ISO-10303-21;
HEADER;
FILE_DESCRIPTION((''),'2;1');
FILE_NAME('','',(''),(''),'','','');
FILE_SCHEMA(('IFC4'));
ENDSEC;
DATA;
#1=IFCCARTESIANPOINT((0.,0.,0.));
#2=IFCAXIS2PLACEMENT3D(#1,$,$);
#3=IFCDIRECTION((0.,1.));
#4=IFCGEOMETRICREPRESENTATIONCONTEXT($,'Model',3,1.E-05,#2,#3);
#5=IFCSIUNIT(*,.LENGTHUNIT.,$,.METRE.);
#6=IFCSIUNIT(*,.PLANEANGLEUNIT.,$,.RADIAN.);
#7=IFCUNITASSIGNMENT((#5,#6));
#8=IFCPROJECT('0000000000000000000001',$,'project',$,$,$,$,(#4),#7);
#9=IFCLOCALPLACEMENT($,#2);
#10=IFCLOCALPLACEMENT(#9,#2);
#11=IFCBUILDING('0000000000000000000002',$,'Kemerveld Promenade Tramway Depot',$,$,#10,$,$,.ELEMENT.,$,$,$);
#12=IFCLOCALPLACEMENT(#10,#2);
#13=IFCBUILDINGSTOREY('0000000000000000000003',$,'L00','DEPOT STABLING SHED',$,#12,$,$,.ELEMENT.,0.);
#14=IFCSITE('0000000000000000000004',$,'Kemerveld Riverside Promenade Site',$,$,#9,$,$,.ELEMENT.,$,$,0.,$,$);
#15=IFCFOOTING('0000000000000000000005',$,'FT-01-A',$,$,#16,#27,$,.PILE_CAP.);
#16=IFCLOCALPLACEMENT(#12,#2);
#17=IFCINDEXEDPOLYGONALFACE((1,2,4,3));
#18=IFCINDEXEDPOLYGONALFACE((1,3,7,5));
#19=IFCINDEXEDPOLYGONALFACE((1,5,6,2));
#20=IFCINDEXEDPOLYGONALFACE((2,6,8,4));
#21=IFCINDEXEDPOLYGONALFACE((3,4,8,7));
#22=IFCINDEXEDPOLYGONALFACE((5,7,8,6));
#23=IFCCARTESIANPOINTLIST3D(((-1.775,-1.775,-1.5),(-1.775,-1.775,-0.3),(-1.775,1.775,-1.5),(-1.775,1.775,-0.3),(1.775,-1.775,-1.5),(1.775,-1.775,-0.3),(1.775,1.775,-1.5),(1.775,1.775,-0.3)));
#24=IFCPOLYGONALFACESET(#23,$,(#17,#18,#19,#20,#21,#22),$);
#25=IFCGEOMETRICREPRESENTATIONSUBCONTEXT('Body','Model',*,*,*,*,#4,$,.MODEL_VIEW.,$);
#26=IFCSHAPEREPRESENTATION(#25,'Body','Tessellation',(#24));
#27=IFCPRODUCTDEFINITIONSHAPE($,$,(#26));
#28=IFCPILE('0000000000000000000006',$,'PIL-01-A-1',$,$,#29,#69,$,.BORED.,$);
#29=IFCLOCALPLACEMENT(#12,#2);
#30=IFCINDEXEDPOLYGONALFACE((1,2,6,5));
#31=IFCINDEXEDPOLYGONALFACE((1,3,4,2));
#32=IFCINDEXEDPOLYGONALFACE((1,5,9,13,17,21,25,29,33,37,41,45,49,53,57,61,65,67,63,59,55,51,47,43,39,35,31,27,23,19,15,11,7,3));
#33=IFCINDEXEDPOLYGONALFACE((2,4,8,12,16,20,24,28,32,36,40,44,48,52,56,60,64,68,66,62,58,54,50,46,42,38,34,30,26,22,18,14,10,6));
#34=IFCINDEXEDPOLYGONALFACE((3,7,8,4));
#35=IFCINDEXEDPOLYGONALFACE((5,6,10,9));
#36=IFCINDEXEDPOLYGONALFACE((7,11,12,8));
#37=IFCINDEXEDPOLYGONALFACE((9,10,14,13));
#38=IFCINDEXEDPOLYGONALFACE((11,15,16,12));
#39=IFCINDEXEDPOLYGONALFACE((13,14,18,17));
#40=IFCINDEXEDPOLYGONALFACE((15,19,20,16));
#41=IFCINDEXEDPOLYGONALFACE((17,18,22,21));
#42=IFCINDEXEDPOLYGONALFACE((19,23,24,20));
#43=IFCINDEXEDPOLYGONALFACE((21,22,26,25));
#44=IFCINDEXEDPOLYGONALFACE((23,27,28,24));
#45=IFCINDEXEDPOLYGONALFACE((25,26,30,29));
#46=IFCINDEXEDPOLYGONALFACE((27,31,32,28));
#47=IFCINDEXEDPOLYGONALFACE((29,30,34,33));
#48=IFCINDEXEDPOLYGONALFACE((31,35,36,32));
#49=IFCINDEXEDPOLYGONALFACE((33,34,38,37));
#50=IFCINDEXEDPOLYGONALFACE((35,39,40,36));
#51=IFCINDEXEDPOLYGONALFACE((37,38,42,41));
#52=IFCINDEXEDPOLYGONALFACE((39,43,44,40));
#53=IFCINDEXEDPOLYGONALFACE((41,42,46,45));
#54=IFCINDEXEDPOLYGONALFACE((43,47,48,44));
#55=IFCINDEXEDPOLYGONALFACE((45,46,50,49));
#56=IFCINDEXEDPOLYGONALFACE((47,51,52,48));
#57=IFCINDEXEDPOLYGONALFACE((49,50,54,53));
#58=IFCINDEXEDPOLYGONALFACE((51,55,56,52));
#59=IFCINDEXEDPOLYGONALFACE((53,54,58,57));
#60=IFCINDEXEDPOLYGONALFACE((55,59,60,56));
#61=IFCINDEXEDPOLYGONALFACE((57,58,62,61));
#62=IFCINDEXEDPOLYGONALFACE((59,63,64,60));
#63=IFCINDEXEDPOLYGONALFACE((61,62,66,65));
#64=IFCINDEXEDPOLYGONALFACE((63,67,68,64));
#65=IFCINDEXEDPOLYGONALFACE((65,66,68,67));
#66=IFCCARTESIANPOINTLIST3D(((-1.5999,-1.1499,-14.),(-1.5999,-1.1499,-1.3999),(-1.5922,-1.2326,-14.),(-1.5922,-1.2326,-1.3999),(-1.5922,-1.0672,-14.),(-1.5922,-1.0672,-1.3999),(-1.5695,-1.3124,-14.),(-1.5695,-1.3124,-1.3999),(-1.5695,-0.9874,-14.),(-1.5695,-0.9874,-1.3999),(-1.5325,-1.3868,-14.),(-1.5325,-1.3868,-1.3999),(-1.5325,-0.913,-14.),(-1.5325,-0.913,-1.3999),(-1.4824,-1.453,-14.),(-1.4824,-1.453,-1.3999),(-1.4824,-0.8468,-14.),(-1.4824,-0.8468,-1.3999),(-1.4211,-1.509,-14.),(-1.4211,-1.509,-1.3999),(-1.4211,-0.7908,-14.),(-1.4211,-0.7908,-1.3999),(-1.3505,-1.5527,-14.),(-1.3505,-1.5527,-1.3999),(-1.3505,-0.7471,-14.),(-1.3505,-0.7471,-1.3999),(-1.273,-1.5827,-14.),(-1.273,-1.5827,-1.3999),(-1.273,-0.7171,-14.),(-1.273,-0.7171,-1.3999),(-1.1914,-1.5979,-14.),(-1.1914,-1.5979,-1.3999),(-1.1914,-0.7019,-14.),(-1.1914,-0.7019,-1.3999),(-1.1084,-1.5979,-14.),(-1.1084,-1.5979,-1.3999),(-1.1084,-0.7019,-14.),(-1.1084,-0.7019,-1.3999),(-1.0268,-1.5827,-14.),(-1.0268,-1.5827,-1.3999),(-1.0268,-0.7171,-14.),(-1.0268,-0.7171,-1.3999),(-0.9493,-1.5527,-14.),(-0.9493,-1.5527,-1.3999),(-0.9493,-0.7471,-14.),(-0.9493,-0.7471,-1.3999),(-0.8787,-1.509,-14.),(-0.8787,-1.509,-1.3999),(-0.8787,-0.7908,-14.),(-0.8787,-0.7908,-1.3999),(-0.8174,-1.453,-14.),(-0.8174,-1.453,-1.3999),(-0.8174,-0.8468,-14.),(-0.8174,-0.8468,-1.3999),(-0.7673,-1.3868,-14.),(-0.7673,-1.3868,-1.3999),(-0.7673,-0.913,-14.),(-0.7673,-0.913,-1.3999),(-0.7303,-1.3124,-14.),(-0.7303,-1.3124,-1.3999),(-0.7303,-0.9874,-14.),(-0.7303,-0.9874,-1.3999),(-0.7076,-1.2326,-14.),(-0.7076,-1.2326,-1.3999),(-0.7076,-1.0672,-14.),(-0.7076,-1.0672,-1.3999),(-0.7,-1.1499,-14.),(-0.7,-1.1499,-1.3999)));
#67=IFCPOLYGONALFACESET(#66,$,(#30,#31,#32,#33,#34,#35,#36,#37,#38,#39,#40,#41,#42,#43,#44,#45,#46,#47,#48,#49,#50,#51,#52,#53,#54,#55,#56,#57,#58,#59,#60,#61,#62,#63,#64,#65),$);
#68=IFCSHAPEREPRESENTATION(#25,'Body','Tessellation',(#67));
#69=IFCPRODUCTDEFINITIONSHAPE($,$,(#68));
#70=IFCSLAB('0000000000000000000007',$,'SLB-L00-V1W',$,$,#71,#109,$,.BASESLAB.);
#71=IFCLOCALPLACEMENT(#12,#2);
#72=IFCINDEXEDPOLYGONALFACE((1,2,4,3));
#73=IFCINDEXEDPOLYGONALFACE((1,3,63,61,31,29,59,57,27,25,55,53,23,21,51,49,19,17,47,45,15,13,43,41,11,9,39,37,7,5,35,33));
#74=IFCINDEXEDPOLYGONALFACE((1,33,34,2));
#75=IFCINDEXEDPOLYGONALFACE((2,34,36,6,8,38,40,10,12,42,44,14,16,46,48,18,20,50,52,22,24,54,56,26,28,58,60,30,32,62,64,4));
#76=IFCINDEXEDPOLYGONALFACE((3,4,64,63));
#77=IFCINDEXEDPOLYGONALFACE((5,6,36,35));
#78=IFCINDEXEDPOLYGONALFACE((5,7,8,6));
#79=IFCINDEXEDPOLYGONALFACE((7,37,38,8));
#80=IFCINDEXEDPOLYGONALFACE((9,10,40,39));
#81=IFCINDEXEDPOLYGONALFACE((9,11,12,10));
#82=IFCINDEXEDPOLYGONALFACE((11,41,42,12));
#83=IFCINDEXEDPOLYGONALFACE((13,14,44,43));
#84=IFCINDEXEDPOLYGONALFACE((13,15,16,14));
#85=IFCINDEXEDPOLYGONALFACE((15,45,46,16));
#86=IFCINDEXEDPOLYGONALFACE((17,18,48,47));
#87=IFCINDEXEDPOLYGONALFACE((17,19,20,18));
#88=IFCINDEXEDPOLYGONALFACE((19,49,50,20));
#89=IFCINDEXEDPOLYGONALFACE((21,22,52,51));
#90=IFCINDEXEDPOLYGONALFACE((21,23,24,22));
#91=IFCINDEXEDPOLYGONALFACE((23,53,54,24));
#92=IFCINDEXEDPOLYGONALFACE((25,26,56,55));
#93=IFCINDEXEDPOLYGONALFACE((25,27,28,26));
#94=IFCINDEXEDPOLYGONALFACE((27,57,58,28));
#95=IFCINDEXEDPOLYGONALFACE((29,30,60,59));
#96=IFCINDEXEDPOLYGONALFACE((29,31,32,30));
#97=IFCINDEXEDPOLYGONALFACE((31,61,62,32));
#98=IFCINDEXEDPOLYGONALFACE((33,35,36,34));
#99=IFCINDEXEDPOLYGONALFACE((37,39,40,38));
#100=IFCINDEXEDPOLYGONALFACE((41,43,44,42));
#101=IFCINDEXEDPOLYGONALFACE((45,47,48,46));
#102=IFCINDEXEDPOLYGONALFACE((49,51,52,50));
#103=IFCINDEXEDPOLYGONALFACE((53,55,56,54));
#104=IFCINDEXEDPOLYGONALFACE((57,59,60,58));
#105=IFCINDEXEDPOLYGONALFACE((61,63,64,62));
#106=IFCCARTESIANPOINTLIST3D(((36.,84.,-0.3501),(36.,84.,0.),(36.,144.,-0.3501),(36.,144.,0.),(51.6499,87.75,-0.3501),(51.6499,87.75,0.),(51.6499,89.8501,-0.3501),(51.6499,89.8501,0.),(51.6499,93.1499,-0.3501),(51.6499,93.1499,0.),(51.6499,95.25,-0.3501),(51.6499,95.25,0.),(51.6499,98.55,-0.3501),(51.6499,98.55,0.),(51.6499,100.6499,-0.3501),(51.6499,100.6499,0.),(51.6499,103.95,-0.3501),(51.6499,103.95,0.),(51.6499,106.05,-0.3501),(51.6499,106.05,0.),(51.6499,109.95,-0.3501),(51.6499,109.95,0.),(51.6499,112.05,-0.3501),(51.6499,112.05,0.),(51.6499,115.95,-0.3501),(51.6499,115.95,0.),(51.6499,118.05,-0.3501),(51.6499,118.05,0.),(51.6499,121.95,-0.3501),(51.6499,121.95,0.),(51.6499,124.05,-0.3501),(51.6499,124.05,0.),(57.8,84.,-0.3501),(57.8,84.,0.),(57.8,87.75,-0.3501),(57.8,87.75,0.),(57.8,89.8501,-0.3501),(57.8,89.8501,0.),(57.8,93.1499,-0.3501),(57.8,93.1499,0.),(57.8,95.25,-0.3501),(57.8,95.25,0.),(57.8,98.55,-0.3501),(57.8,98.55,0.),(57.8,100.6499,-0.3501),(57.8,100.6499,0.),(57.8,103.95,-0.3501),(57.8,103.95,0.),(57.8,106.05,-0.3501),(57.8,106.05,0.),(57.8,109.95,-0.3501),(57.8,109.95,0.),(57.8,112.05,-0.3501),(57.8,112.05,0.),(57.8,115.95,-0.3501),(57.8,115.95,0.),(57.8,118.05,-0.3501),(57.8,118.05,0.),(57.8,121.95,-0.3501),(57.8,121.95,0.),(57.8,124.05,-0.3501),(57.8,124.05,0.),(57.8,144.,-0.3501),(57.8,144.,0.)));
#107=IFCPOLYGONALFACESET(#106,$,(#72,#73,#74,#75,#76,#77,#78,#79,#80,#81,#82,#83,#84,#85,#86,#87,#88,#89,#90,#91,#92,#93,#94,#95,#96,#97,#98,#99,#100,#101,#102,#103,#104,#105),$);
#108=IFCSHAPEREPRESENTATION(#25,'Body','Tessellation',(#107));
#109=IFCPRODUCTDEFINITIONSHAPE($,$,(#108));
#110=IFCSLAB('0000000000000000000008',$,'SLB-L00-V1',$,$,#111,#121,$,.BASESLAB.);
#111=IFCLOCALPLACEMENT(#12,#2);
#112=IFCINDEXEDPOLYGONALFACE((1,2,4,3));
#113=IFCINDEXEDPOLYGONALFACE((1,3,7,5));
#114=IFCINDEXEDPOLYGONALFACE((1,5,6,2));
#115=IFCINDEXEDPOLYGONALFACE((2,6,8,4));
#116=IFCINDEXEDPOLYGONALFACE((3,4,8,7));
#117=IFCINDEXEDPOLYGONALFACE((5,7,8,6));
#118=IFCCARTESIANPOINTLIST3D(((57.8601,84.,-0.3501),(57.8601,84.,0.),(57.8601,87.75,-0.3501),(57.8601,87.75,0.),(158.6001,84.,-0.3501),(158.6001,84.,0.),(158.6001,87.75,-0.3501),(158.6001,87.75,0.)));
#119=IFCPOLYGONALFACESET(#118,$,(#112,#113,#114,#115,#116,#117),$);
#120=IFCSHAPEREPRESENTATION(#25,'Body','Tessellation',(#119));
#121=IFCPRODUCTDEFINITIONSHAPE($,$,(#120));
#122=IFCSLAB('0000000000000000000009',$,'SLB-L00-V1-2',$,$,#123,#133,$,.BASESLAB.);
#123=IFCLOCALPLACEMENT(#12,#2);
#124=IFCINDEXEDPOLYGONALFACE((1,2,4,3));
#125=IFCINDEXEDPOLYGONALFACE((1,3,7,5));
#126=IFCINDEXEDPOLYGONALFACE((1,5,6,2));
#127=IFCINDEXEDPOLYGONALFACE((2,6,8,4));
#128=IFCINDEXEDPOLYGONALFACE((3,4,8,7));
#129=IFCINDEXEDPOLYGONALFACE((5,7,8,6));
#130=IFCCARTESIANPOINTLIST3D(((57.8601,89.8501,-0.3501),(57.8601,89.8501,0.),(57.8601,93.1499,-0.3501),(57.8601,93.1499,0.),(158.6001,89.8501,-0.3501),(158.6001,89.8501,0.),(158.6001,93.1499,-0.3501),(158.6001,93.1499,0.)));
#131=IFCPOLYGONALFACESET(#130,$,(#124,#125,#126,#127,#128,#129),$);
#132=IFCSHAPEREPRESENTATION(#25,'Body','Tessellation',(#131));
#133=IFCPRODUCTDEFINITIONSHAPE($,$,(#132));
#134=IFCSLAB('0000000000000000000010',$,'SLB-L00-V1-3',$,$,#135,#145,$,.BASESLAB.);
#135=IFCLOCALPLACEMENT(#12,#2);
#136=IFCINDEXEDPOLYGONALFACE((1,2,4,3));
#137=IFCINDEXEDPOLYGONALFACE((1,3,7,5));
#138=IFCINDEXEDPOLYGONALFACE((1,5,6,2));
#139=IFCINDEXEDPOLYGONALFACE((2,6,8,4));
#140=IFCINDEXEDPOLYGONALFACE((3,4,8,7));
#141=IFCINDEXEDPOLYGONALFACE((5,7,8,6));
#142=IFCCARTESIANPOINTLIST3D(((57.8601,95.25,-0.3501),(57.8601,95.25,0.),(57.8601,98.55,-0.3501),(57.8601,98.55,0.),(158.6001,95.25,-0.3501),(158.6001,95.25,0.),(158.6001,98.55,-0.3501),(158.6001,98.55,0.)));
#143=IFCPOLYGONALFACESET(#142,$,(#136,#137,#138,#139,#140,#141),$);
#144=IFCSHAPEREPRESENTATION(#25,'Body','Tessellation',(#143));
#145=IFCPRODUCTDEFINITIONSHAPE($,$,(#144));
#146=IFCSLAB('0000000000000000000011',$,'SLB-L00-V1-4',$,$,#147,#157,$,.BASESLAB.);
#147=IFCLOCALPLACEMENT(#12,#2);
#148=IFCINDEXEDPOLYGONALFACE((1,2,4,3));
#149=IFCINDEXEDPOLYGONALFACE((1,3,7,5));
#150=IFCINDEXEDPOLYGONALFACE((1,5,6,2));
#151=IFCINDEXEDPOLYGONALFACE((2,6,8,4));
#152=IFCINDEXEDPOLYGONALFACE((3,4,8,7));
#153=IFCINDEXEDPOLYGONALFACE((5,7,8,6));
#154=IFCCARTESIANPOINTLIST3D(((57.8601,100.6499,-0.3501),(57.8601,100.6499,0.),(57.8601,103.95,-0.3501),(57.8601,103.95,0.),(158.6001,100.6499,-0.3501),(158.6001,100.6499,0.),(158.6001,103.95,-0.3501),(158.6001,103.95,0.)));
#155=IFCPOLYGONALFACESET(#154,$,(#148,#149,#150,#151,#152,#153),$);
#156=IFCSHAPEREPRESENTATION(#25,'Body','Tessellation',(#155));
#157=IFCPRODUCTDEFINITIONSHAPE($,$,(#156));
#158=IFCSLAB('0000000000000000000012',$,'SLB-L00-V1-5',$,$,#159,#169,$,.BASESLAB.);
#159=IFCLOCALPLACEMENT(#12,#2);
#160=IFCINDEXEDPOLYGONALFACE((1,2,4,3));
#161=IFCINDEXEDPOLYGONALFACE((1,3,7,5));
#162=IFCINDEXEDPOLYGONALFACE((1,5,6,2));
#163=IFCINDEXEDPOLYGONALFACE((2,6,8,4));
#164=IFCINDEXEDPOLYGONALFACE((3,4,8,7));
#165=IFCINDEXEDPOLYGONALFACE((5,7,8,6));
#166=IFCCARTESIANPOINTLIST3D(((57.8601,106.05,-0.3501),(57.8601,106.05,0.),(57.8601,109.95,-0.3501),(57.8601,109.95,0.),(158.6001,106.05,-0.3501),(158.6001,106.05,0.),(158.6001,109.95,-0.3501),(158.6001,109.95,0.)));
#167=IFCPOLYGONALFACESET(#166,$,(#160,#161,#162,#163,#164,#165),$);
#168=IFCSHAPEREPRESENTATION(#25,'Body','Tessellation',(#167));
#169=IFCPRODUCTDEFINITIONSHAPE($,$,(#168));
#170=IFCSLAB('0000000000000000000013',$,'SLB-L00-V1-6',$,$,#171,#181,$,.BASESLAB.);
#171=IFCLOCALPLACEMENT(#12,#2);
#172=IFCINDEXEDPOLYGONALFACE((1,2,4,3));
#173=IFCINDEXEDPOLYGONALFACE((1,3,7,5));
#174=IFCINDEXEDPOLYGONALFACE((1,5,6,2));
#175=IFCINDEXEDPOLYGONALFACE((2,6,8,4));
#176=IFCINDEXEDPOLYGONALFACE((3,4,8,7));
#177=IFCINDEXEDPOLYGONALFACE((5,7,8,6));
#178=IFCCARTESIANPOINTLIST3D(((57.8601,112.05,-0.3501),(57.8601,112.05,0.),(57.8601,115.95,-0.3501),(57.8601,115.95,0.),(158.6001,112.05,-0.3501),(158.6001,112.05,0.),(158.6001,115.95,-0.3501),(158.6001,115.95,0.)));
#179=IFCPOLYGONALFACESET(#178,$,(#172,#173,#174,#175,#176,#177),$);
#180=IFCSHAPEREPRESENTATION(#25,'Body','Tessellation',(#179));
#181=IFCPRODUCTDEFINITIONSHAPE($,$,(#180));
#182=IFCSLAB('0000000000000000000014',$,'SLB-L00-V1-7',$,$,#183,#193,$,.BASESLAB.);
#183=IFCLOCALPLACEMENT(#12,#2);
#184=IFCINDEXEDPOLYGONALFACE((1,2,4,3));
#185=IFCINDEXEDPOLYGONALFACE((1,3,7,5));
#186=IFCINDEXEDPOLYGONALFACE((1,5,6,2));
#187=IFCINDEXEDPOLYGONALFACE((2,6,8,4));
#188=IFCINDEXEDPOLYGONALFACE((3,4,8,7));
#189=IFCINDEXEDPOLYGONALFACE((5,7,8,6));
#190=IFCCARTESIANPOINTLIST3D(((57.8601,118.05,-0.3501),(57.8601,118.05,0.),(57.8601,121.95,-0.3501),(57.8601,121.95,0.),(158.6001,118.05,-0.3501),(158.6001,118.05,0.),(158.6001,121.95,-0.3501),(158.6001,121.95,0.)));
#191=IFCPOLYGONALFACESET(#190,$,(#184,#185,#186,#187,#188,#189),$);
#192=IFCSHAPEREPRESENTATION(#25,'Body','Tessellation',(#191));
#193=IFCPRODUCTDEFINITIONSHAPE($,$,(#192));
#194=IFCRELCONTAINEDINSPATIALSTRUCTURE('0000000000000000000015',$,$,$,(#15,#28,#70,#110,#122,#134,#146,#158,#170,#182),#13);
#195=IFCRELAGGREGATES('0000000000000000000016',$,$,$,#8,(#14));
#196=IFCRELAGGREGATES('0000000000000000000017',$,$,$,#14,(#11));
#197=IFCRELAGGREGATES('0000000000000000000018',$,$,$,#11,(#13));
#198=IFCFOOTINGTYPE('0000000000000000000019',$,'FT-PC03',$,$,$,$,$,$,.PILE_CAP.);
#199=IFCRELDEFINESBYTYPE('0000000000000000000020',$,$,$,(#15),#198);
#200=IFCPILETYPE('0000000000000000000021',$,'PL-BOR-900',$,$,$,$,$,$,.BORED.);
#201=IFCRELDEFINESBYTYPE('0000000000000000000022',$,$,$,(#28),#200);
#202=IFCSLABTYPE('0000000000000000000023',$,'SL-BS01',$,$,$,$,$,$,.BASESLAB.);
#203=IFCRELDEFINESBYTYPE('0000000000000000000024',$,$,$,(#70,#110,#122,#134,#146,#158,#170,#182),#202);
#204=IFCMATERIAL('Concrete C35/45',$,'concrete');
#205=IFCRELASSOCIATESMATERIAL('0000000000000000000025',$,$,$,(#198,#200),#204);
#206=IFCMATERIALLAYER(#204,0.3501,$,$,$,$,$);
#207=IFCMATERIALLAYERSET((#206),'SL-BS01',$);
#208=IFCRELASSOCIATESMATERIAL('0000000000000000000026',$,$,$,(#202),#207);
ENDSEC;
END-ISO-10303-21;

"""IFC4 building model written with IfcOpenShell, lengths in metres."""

from ifc_helpers import new_model, si_unit, direction, frame, origin, origin_2d, place, context, subcontext, project, spatial, polyline, rectangle, circle, outline, extrude, material, layer, layer_set, material_profile, profile_set, type_object, element, save


model = new_model("IFC4")

# Units and contexts
model_context = context("Model", 3, precision=1e-05, world=origin(), true_north=direction((0.0, 1.0)))
body_context = subcontext(model_context, "Body", "Model", "MODEL_VIEW")
ifc_project = project(units=[si_unit("LENGTHUNIT", "METRE"), si_unit("PLANEANGLEUNIT", "RADIAN")], contexts=[model_context])

# Site, building, storey
site_placement = place(None, origin())
site = spatial("IfcSite", under=ifc_project, at=site_placement, Name="Kemerveld Riverside Promenade Site", CompositionType="ELEMENT", RefElevation=0.0)
building_placement = place(site_placement, origin())
building = spatial("IfcBuilding", under=site, at=building_placement, Name="Kemerveld Promenade Tramway Depot", CompositionType="ELEMENT")
storey_placement = place(building_placement, origin())
storey = spatial("IfcBuildingStorey", under=building, at=storey_placement, Name="L00", Description="DEPOT STABLING SHED", CompositionType="ELEMENT", Elevation=0.0)

# Footing
ifc_material_1 = material(Name="Concrete C35/45", Category="concrete")
footing_type = type_object("IfcFootingType", Name="FT-PC03", PredefinedType="PILE_CAP", material=ifc_material_1)
footing_placement = place(storey_placement, frame((0.0, 0.0, -1.5), z_axis=(0.0, 0.0, 1.0), x_axis=(1.0, 0.0, 0.0)))
element("IfcFooting", 1, at=footing_placement, inside=storey, type_object=footing_type, Name="FT-01-A", PredefinedType="PILE_CAP", context=body_context, shape_type="SweptSolid", body=[
    extrude(rectangle(XDim=3.55, YDim=3.55, at=origin_2d()), origin(), (0.0, 0.0, 1.0), 1.2),
])

# Pile
ifc_material_profile = material_profile(ifc_material_1, circle(Radius=0.45, at=origin_2d()), Name="PILE-D900")
ifc_profile_set = profile_set([ifc_material_profile], Name="Concrete C35/45")
pile_type = type_object("IfcPileType", Name="PL-BOR-900", PredefinedType="BORED", material=ifc_profile_set)
pile_placement = place(storey_placement, frame((-1.1499, -1.1499, -1.3999), z_axis=(0.0, 0.0, -1.0), x_axis=(1.0, 0.0, 0.0)))
element("IfcPile", 2, at=pile_placement, inside=storey, type_object=pile_type, Name="PIL-01-A-1", PredefinedType="BORED", context=body_context, shape_type="SweptSolid", body=[
    extrude(circle(Radius=0.45, at=origin_2d()), origin(), (0.0, 0.0, 1.0), 12.6001),
])

# Slabs
ifc_layer_1 = layer(ifc_material_1, 0.3501)
ifc_layer_set_1 = layer_set([ifc_layer_1], Name="SL-BS01")
slab_type_1 = type_object("IfcSlabType", Name="SL-BS01", PredefinedType="BASESLAB", material=ifc_layer_set_1)
slab_1_placement = place(storey_placement, frame((0.0, 0.0, -0.3501)))
element("IfcSlab", 3, at=slab_1_placement, inside=storey, type_object=slab_type_1, Name="SLB-L00-V1W", PredefinedType="BASESLAB", context=body_context, shape_type="SweptSolid", body=[
    extrude(outline(polyline([(36.0, 144.0), (57.8, 144.0), (57.8, 124.05), (51.6499, 124.05), (51.6499, 121.95), (57.8, 121.95), (57.8, 118.05), (51.6499, 118.05), (51.6499, 115.95), (57.8, 115.95), (57.8, 112.05), (51.6499, 112.05), (51.6499, 109.95), (57.8, 109.95), (57.8, 106.05), (51.6499, 106.05), (51.6499, 103.95), (57.8, 103.95), (57.8, 100.6499), (51.6499, 100.6499), (51.6499, 98.55), (57.8, 98.55), (57.8, 95.25), (51.6499, 95.25), (51.6499, 93.1499), (57.8, 93.1499), (57.8, 89.8501), (51.6499, 89.8501), (51.6499, 87.75), (57.8, 87.75), (57.8, 84.0), (36.0, 84.0), (36.0, 144.0)])), origin(), (0.0, 0.0, 1.0), 0.3501),
])
slab_2_placement = place(storey_placement, frame((0.0, 0.0, -0.3501)))
element("IfcSlab", 4, at=slab_2_placement, inside=storey, type_object=slab_type_1, Name="SLB-L00-V1", PredefinedType="BASESLAB", context=body_context, shape_type="SweptSolid", body=[
    extrude(outline(polyline([(57.8601, 84.0), (57.8601, 87.75), (158.6001, 87.75), (158.6001, 84.0), (57.8601, 84.0)])), origin(), (0.0, 0.0, 1.0), 0.3501),
])
slab_3_placement = place(storey_placement, frame((0.0, 0.0, -0.3501)))
element("IfcSlab", 5, at=slab_3_placement, inside=storey, type_object=slab_type_1, Name="SLB-L00-V1-2", PredefinedType="BASESLAB", context=body_context, shape_type="SweptSolid", body=[
    extrude(outline(polyline([(57.8601, 89.8501), (57.8601, 93.1499), (158.6001, 93.1499), (158.6001, 89.8501), (57.8601, 89.8501)])), origin(), (0.0, 0.0, 1.0), 0.3501),
])
slab_4_placement = place(storey_placement, frame((0.0, 0.0, -0.3501)))
element("IfcSlab", 6, at=slab_4_placement, inside=storey, type_object=slab_type_1, Name="SLB-L00-V1-3", PredefinedType="BASESLAB", context=body_context, shape_type="SweptSolid", body=[
    extrude(outline(polyline([(57.8601, 95.25), (57.8601, 98.55), (158.6001, 98.55), (158.6001, 95.25), (57.8601, 95.25)])), origin(), (0.0, 0.0, 1.0), 0.3501),
])
slab_5_placement = place(storey_placement, frame((0.0, 0.0, -0.3501)))
element("IfcSlab", 7, at=slab_5_placement, inside=storey, type_object=slab_type_1, Name="SLB-L00-V1-4", PredefinedType="BASESLAB", context=body_context, shape_type="SweptSolid", body=[
    extrude(outline(polyline([(57.8601, 100.6499), (57.8601, 103.95), (158.6001, 103.95), (158.6001, 100.6499), (57.8601, 100.6499)])), origin(), (0.0, 0.0, 1.0), 0.3501),
])
slab_6_placement = place(storey_placement, frame((0.0, 0.0, -0.3501)))
element("IfcSlab", 8, at=slab_6_placement, inside=storey, type_object=slab_type_1, Name="SLB-L00-V1-5", PredefinedType="BASESLAB", context=body_context, shape_type="SweptSolid", body=[
    extrude(outline(polyline([(57.8601, 106.05), (57.8601, 109.95), (158.6001, 109.95), (158.6001, 106.05), (57.8601, 106.05)])), origin(), (0.0, 0.0, 1.0), 0.3501),
])
slab_7_placement = place(storey_placement, frame((0.0, 0.0, -0.3501)))
element("IfcSlab", 9, at=slab_7_placement, inside=storey, type_object=slab_type_1, Name="SLB-L00-V1-6", PredefinedType="BASESLAB", context=body_context, shape_type="SweptSolid", body=[
    extrude(outline(polyline([(57.8601, 112.05), (57.8601, 115.95), (158.6001, 115.95), (158.6001, 112.05), (57.8601, 112.05)])), origin(), (0.0, 0.0, 1.0), 0.3501),
])
slab_8_placement = place(storey_placement, frame((0.0, 0.0, -0.3501)))
element("IfcSlab", 10, at=slab_8_placement, inside=storey, type_object=slab_type_1, Name="SLB-L00-V1-7", PredefinedType="BASESLAB", context=body_context, shape_type="SweptSolid", body=[
    extrude(outline(polyline([(57.8601, 118.05), (57.8601, 121.95), (158.6001, 121.95), (158.6001, 118.05), (57.8601, 118.05)])), origin(), (0.0, 0.0, 1.0), 0.3501),
])

save(model, "model.ifc")
